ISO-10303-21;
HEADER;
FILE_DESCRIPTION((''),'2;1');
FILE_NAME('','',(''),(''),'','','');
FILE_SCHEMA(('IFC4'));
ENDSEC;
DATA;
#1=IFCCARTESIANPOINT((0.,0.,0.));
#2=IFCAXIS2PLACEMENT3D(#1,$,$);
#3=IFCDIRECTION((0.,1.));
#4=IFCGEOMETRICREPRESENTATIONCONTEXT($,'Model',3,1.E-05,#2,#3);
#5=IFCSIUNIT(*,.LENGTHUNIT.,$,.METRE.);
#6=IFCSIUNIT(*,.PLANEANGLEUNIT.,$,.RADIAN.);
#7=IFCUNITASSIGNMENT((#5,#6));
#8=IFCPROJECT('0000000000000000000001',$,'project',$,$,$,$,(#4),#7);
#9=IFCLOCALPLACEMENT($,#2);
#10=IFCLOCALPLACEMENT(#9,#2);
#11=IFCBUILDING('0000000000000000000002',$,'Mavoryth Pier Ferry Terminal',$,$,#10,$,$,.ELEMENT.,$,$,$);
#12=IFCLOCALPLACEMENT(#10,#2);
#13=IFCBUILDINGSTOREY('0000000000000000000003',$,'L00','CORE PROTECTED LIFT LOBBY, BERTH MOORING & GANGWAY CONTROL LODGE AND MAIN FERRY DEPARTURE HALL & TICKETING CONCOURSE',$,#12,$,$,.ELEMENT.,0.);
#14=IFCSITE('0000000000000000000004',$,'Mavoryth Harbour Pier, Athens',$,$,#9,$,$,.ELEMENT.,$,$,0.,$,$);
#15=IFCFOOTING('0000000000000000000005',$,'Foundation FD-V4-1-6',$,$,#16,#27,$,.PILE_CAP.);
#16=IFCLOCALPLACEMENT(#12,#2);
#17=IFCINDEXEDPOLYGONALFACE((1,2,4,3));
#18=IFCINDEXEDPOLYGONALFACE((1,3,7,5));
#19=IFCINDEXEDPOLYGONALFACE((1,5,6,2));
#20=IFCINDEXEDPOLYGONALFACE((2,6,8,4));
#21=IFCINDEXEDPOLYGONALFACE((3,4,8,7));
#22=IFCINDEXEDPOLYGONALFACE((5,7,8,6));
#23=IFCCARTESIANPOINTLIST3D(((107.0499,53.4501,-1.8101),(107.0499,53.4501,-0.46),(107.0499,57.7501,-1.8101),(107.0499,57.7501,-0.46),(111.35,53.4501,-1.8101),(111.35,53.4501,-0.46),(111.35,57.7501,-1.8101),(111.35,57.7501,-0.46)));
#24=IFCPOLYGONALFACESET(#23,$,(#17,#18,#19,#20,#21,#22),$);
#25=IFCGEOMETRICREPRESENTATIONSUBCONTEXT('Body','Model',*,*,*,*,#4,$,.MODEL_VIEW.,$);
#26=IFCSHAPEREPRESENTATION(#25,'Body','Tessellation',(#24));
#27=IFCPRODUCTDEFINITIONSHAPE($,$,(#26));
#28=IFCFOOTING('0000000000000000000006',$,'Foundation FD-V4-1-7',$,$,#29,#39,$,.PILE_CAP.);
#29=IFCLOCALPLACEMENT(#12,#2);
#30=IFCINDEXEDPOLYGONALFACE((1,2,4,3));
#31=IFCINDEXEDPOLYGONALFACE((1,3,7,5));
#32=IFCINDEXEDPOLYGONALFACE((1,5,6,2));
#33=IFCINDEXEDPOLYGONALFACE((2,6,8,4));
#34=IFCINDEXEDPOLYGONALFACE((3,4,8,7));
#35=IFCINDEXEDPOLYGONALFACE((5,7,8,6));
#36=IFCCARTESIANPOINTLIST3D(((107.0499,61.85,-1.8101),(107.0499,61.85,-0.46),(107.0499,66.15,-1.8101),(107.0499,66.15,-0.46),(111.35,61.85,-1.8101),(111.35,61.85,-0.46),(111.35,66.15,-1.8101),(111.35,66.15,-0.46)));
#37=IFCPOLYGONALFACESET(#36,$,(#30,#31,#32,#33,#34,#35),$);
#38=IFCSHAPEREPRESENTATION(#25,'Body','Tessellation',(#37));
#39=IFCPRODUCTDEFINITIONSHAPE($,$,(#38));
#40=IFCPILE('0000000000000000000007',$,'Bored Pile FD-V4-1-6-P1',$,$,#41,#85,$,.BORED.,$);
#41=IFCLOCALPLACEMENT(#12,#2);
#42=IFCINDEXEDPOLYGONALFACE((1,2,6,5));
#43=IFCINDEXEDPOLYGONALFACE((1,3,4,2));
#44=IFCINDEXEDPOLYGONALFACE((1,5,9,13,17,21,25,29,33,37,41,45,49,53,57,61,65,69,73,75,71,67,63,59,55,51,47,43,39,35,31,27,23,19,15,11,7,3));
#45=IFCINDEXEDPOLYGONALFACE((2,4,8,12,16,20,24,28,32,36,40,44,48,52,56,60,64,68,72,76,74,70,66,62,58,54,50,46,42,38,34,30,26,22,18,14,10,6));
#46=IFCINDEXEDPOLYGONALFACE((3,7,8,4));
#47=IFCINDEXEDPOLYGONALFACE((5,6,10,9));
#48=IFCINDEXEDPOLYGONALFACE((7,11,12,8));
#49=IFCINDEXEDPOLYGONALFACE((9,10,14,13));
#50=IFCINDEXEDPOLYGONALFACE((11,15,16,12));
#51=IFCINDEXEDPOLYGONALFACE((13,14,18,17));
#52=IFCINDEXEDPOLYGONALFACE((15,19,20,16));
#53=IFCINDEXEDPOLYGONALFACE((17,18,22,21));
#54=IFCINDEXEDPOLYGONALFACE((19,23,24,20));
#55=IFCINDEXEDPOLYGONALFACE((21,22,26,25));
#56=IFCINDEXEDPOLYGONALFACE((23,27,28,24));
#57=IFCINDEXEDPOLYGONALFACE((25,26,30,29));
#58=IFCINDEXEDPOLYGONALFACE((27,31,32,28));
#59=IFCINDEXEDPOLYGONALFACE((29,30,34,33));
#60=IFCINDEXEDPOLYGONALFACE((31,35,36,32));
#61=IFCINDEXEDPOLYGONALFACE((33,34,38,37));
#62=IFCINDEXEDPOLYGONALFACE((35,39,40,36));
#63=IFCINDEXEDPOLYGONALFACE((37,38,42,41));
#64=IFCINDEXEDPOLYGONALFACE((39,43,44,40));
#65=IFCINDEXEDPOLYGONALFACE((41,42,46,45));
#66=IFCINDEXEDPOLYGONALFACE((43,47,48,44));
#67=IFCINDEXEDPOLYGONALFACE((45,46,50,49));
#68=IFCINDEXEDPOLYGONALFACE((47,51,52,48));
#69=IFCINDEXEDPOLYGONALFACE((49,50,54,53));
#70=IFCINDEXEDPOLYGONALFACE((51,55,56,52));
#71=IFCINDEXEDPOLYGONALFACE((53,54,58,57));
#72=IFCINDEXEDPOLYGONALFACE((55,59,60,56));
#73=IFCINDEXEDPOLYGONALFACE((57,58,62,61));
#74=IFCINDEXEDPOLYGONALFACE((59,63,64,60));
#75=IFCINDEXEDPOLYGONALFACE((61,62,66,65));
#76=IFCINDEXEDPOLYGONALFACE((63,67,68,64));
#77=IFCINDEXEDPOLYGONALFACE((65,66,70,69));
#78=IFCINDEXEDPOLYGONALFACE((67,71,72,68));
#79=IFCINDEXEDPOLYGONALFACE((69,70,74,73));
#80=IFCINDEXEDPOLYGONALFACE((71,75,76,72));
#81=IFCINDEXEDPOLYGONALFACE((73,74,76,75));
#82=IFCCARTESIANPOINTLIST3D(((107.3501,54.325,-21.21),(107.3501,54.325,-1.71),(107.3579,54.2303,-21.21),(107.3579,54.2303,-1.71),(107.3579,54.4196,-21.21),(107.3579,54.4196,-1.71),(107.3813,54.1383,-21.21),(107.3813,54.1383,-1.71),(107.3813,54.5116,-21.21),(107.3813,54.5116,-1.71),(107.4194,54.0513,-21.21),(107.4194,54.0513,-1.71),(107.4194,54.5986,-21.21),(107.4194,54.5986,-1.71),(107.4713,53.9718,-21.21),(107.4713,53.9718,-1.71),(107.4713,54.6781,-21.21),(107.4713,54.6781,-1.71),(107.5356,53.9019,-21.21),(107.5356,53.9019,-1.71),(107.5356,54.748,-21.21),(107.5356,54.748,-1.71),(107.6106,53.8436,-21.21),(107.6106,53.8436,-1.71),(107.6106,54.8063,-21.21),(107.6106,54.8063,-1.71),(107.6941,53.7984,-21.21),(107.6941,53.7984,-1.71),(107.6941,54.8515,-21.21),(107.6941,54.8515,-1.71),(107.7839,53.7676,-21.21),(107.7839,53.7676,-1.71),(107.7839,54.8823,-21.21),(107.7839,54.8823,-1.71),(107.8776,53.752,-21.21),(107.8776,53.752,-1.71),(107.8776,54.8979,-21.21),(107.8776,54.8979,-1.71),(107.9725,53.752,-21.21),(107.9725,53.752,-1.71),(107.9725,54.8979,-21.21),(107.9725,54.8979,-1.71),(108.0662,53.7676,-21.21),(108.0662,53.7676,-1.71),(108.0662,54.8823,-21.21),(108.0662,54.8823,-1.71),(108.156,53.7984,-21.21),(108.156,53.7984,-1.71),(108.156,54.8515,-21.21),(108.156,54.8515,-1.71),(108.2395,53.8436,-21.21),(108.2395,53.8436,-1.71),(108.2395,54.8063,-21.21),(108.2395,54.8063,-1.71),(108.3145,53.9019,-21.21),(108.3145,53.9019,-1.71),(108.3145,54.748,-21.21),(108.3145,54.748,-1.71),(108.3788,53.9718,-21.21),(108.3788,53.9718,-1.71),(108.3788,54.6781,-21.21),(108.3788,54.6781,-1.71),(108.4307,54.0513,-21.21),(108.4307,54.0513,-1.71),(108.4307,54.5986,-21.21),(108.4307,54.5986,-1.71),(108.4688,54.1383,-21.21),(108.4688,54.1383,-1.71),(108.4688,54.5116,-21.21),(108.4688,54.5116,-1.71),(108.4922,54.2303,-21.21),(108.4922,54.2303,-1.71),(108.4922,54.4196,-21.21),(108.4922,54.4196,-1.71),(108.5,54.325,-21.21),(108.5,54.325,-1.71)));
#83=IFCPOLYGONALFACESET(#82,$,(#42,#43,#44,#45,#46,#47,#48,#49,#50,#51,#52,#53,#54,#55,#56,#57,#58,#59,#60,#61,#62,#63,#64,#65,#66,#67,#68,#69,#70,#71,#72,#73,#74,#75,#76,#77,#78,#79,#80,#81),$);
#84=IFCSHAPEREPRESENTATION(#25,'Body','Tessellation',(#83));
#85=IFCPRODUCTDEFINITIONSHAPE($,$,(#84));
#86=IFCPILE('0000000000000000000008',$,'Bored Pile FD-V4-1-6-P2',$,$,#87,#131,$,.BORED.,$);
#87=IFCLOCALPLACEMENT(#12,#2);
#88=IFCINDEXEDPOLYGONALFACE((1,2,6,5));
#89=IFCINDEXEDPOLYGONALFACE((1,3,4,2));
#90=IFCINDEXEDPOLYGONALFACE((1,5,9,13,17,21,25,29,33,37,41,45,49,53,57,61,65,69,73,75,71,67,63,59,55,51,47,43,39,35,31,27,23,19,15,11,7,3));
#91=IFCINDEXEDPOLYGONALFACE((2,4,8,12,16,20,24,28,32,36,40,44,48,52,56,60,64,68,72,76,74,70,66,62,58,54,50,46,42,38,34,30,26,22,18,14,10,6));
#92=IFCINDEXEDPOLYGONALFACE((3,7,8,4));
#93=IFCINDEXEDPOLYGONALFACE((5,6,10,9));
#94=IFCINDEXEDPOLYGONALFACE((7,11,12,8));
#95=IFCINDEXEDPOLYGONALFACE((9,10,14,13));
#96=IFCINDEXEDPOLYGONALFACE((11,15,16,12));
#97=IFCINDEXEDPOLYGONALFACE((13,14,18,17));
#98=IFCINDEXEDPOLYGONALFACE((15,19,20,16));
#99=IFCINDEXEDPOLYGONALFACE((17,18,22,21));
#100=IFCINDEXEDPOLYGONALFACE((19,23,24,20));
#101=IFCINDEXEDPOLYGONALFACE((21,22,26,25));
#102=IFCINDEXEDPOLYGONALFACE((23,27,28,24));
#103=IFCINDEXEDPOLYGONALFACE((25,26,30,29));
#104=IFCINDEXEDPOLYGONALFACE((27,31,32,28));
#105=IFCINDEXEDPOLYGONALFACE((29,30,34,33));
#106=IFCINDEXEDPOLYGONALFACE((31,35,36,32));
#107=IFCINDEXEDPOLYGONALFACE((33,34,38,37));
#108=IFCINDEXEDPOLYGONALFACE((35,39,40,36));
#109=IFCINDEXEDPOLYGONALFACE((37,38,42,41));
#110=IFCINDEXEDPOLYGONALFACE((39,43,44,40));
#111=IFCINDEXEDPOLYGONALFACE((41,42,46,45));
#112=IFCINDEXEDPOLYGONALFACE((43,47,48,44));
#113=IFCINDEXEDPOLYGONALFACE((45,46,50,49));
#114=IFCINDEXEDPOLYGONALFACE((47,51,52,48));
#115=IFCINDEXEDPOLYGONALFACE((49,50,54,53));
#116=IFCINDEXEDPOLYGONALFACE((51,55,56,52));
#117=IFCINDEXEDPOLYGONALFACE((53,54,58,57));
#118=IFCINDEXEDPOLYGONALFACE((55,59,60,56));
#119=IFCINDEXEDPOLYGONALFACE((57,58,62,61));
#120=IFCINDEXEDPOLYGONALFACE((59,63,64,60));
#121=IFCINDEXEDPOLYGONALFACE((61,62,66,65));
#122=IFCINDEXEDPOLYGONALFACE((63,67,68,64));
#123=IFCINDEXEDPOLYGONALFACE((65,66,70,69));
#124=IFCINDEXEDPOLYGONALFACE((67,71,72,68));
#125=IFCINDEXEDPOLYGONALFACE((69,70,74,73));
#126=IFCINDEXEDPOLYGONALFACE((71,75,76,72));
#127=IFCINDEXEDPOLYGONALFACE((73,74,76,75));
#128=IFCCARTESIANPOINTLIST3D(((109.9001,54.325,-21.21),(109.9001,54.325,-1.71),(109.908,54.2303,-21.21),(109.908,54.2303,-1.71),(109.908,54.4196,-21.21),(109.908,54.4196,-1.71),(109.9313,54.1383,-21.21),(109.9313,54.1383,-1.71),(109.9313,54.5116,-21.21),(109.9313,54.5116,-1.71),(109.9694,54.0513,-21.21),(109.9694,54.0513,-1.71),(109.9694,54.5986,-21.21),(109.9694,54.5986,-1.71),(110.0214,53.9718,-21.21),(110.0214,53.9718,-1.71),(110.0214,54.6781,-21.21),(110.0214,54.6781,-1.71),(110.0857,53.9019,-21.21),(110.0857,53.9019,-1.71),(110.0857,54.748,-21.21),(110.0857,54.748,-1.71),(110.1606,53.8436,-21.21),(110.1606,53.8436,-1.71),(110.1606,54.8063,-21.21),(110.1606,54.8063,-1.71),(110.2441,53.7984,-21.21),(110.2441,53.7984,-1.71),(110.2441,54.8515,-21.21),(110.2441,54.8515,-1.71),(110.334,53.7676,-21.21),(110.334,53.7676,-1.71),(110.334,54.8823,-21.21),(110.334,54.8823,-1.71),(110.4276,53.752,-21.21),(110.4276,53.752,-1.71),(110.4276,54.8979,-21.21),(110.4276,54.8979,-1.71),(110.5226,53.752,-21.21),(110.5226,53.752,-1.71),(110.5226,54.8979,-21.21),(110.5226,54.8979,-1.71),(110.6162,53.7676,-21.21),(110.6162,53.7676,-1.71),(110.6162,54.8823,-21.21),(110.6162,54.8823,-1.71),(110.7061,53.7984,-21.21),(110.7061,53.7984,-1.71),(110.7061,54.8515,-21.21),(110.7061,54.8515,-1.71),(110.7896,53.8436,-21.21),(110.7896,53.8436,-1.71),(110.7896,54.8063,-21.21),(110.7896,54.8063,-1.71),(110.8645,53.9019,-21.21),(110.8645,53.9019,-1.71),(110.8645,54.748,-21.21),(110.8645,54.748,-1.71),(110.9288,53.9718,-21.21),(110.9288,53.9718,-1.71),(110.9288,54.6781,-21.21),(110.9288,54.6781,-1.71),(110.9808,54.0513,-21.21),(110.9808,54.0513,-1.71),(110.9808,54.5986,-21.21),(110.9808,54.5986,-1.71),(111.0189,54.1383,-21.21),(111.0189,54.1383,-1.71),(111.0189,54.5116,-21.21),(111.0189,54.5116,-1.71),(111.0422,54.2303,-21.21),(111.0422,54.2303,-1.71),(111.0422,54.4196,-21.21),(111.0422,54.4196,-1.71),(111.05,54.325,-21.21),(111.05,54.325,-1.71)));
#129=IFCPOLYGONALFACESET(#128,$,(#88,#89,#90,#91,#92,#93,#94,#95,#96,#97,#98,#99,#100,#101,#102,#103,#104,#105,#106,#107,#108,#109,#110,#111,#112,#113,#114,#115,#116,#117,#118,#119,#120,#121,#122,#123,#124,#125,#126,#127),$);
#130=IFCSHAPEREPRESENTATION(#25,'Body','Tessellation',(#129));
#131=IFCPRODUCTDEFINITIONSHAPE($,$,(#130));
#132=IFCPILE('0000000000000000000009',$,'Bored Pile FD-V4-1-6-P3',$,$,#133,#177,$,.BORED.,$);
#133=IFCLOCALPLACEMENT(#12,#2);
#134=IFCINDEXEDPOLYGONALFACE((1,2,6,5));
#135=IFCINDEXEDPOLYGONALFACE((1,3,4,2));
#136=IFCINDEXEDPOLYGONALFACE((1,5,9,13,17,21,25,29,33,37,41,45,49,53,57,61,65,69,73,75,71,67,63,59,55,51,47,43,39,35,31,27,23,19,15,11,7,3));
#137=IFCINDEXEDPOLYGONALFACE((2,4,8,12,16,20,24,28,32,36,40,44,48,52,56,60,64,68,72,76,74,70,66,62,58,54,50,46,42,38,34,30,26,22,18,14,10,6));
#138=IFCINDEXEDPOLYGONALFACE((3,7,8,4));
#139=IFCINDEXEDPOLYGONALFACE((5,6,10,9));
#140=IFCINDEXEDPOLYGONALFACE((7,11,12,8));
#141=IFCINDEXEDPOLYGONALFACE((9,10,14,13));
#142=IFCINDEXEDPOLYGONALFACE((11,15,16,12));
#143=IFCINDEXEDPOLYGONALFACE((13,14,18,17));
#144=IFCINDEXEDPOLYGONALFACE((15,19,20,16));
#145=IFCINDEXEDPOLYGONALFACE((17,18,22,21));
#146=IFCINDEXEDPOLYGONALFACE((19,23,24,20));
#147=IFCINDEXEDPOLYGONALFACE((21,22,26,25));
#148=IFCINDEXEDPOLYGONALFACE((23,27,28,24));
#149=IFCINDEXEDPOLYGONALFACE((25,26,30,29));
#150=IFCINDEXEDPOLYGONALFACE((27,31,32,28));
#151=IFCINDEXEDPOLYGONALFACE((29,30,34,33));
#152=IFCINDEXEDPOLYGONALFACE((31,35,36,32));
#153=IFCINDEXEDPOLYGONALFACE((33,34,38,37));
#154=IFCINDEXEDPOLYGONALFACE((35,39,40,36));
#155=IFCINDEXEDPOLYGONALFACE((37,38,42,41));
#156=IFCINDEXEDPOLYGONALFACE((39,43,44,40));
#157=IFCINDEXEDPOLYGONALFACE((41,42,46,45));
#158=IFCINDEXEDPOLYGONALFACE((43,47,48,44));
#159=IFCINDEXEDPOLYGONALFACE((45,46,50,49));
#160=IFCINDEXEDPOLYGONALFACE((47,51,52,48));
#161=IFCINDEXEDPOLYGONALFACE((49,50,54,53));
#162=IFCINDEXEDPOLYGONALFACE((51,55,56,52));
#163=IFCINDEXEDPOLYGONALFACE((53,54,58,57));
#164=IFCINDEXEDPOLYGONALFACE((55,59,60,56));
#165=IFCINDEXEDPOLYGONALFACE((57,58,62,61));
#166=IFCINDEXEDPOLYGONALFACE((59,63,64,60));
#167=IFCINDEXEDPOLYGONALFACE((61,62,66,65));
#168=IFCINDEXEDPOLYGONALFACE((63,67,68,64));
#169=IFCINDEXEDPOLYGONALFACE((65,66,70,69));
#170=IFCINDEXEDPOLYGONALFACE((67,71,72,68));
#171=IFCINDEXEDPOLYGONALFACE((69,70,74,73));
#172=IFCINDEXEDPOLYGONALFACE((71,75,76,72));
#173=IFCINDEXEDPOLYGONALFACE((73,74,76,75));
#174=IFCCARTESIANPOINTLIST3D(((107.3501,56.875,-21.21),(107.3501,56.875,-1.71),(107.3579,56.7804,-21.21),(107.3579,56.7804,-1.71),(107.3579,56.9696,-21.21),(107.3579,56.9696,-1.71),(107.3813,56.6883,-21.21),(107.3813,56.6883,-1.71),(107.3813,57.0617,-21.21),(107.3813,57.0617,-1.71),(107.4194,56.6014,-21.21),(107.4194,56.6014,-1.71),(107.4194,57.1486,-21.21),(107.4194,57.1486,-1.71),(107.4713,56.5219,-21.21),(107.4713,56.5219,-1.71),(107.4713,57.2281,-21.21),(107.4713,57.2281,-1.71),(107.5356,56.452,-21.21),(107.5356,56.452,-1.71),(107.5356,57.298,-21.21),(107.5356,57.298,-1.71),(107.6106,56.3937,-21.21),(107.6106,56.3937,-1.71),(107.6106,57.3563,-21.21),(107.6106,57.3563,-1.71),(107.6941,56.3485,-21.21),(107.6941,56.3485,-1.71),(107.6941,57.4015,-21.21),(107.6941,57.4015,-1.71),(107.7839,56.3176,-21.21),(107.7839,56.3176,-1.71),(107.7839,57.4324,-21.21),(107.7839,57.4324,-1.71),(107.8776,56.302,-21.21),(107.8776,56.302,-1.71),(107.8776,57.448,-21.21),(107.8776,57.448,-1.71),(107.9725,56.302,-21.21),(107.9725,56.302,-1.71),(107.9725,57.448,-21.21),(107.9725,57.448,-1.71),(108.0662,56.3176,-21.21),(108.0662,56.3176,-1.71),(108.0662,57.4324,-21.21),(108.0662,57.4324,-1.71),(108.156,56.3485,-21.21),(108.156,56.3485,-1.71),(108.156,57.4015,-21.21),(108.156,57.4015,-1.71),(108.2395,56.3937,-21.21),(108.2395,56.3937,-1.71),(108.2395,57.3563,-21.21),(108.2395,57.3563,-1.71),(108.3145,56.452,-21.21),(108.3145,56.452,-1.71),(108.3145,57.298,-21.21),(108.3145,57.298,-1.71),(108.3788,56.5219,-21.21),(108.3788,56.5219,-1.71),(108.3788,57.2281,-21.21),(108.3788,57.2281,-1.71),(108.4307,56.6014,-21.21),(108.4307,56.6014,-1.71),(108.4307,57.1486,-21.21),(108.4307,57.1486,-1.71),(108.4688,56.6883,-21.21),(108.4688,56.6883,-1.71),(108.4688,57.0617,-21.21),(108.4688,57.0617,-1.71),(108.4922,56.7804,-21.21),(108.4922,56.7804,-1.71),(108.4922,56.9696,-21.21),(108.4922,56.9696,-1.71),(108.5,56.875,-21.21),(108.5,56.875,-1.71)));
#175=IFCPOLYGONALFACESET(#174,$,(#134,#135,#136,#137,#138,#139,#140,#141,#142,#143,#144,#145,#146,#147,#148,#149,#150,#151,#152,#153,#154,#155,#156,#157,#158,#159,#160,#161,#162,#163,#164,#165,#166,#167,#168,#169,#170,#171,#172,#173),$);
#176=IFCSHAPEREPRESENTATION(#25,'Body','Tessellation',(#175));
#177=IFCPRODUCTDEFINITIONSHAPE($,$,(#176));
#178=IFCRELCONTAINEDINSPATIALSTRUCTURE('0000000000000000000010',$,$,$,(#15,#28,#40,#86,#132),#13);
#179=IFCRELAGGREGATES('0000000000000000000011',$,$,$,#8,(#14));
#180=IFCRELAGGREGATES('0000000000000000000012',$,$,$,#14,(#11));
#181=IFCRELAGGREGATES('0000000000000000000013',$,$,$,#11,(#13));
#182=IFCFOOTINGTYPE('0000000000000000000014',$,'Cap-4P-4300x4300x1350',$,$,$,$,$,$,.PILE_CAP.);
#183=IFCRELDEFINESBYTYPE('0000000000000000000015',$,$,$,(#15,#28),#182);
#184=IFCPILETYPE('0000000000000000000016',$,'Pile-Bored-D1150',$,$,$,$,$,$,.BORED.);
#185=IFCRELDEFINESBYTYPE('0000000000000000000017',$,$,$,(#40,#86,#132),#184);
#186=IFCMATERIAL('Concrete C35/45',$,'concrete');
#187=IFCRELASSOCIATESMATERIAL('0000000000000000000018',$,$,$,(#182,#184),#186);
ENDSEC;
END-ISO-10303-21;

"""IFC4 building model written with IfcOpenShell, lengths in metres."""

from ifc_helpers import new_model, si_unit, direction, frame, origin, origin_2d, place, context, subcontext, project, spatial, rectangle, circle, extrude, material, material_profile, profile_set, type_object, element, save


model = new_model("IFC4")

# Units and contexts
model_context = context("Model", 3, precision=1e-05, world=origin(), true_north=direction((0.0, 1.0)))
body_context = subcontext(model_context, "Body", "Model", "MODEL_VIEW")
ifc_project = project(units=[si_unit("LENGTHUNIT", "METRE"), si_unit("PLANEANGLEUNIT", "RADIAN")], contexts=[model_context])

# Site, building, storey
site_placement = place(None, origin())
site = spatial("IfcSite", under=ifc_project, at=site_placement, Name="Mavoryth Harbour Pier, Athens", CompositionType="ELEMENT", RefElevation=0.0)
building_placement = place(site_placement, origin())
building = spatial("IfcBuilding", under=site, at=building_placement, Name="Mavoryth Pier Ferry Terminal", CompositionType="ELEMENT")
storey_placement = place(building_placement, origin())
storey = spatial("IfcBuildingStorey", under=building, at=storey_placement, Name="L00", Description="CORE PROTECTED LIFT LOBBY, BERTH MOORING & GANGWAY CONTROL LODGE AND MAIN FERRY DEPARTURE HALL & TICKETING CONCOURSE", CompositionType="ELEMENT", Elevation=0.0)

# Footings
ifc_material_1 = material(Name="Concrete C35/45", Category="concrete")
footing_type_1 = type_object("IfcFootingType", Name="Cap-4P-4300x4300x1350", PredefinedType="PILE_CAP", material=ifc_material_1)
for number, where, z_axis, x_axis, name in (
    (1, (109.2, 55.6001, -1.8101), (0.0, 0.0, 1.0), (1.0, 0.0, 0.0), "Foundation FD-V4-1-6"),
    (2, (109.2, 64.0, -1.8101), (0.0, 0.0, 1.0), (1.0, 0.0, 0.0), "Foundation FD-V4-1-7"),
):
    element("IfcFooting", number, at=place(storey_placement, frame(where, z_axis=z_axis, x_axis=x_axis)), inside=storey, type_object=footing_type_1, Name=name, PredefinedType="PILE_CAP", context=body_context, shape_type="SweptSolid", body=[
        extrude(rectangle(XDim=4.3, YDim=4.3, at=origin_2d()), origin(), (0.0, 0.0, 1.0), 1.3501),
    ])

# Piles
ifc_material_profile_1 = material_profile(ifc_material_1, circle(Radius=0.575, at=origin_2d()), Name="PILE D1150", Category="concrete")
ifc_profile_set_1 = profile_set([ifc_material_profile_1], Name="Concrete C35/45 - PILE D1150")
pile_type = type_object("IfcPileType", Name="Pile-Bored-D1150", PredefinedType="BORED", material=ifc_profile_set_1)
for number, where, z_axis, x_axis, name in (
    (3, (107.925, 54.325, -1.71), (0.0, 0.0, -1.0), (1.0, 0.0, 0.0), "Bored Pile FD-V4-1-6-P1"),
    (4, (110.4751, 54.325, -1.71), (0.0, 0.0, -1.0), (1.0, 0.0, 0.0), "Bored Pile FD-V4-1-6-P2"),
    (5, (107.925, 56.875, -1.71), (0.0, 0.0, -1.0), (1.0, 0.0, 0.0), "Bored Pile FD-V4-1-6-P3"),
):
    element("IfcPile", number, at=place(storey_placement, frame(where, z_axis=z_axis, x_axis=x_axis)), inside=storey, type_object=pile_type, Name=name, PredefinedType="BORED", context=body_context, shape_type="SweptSolid", body=[
        extrude(circle(Radius=0.575, at=origin_2d()), origin(), (0.0, 0.0, 1.0), 19.5),
    ])

save(model, "model.ifc")
